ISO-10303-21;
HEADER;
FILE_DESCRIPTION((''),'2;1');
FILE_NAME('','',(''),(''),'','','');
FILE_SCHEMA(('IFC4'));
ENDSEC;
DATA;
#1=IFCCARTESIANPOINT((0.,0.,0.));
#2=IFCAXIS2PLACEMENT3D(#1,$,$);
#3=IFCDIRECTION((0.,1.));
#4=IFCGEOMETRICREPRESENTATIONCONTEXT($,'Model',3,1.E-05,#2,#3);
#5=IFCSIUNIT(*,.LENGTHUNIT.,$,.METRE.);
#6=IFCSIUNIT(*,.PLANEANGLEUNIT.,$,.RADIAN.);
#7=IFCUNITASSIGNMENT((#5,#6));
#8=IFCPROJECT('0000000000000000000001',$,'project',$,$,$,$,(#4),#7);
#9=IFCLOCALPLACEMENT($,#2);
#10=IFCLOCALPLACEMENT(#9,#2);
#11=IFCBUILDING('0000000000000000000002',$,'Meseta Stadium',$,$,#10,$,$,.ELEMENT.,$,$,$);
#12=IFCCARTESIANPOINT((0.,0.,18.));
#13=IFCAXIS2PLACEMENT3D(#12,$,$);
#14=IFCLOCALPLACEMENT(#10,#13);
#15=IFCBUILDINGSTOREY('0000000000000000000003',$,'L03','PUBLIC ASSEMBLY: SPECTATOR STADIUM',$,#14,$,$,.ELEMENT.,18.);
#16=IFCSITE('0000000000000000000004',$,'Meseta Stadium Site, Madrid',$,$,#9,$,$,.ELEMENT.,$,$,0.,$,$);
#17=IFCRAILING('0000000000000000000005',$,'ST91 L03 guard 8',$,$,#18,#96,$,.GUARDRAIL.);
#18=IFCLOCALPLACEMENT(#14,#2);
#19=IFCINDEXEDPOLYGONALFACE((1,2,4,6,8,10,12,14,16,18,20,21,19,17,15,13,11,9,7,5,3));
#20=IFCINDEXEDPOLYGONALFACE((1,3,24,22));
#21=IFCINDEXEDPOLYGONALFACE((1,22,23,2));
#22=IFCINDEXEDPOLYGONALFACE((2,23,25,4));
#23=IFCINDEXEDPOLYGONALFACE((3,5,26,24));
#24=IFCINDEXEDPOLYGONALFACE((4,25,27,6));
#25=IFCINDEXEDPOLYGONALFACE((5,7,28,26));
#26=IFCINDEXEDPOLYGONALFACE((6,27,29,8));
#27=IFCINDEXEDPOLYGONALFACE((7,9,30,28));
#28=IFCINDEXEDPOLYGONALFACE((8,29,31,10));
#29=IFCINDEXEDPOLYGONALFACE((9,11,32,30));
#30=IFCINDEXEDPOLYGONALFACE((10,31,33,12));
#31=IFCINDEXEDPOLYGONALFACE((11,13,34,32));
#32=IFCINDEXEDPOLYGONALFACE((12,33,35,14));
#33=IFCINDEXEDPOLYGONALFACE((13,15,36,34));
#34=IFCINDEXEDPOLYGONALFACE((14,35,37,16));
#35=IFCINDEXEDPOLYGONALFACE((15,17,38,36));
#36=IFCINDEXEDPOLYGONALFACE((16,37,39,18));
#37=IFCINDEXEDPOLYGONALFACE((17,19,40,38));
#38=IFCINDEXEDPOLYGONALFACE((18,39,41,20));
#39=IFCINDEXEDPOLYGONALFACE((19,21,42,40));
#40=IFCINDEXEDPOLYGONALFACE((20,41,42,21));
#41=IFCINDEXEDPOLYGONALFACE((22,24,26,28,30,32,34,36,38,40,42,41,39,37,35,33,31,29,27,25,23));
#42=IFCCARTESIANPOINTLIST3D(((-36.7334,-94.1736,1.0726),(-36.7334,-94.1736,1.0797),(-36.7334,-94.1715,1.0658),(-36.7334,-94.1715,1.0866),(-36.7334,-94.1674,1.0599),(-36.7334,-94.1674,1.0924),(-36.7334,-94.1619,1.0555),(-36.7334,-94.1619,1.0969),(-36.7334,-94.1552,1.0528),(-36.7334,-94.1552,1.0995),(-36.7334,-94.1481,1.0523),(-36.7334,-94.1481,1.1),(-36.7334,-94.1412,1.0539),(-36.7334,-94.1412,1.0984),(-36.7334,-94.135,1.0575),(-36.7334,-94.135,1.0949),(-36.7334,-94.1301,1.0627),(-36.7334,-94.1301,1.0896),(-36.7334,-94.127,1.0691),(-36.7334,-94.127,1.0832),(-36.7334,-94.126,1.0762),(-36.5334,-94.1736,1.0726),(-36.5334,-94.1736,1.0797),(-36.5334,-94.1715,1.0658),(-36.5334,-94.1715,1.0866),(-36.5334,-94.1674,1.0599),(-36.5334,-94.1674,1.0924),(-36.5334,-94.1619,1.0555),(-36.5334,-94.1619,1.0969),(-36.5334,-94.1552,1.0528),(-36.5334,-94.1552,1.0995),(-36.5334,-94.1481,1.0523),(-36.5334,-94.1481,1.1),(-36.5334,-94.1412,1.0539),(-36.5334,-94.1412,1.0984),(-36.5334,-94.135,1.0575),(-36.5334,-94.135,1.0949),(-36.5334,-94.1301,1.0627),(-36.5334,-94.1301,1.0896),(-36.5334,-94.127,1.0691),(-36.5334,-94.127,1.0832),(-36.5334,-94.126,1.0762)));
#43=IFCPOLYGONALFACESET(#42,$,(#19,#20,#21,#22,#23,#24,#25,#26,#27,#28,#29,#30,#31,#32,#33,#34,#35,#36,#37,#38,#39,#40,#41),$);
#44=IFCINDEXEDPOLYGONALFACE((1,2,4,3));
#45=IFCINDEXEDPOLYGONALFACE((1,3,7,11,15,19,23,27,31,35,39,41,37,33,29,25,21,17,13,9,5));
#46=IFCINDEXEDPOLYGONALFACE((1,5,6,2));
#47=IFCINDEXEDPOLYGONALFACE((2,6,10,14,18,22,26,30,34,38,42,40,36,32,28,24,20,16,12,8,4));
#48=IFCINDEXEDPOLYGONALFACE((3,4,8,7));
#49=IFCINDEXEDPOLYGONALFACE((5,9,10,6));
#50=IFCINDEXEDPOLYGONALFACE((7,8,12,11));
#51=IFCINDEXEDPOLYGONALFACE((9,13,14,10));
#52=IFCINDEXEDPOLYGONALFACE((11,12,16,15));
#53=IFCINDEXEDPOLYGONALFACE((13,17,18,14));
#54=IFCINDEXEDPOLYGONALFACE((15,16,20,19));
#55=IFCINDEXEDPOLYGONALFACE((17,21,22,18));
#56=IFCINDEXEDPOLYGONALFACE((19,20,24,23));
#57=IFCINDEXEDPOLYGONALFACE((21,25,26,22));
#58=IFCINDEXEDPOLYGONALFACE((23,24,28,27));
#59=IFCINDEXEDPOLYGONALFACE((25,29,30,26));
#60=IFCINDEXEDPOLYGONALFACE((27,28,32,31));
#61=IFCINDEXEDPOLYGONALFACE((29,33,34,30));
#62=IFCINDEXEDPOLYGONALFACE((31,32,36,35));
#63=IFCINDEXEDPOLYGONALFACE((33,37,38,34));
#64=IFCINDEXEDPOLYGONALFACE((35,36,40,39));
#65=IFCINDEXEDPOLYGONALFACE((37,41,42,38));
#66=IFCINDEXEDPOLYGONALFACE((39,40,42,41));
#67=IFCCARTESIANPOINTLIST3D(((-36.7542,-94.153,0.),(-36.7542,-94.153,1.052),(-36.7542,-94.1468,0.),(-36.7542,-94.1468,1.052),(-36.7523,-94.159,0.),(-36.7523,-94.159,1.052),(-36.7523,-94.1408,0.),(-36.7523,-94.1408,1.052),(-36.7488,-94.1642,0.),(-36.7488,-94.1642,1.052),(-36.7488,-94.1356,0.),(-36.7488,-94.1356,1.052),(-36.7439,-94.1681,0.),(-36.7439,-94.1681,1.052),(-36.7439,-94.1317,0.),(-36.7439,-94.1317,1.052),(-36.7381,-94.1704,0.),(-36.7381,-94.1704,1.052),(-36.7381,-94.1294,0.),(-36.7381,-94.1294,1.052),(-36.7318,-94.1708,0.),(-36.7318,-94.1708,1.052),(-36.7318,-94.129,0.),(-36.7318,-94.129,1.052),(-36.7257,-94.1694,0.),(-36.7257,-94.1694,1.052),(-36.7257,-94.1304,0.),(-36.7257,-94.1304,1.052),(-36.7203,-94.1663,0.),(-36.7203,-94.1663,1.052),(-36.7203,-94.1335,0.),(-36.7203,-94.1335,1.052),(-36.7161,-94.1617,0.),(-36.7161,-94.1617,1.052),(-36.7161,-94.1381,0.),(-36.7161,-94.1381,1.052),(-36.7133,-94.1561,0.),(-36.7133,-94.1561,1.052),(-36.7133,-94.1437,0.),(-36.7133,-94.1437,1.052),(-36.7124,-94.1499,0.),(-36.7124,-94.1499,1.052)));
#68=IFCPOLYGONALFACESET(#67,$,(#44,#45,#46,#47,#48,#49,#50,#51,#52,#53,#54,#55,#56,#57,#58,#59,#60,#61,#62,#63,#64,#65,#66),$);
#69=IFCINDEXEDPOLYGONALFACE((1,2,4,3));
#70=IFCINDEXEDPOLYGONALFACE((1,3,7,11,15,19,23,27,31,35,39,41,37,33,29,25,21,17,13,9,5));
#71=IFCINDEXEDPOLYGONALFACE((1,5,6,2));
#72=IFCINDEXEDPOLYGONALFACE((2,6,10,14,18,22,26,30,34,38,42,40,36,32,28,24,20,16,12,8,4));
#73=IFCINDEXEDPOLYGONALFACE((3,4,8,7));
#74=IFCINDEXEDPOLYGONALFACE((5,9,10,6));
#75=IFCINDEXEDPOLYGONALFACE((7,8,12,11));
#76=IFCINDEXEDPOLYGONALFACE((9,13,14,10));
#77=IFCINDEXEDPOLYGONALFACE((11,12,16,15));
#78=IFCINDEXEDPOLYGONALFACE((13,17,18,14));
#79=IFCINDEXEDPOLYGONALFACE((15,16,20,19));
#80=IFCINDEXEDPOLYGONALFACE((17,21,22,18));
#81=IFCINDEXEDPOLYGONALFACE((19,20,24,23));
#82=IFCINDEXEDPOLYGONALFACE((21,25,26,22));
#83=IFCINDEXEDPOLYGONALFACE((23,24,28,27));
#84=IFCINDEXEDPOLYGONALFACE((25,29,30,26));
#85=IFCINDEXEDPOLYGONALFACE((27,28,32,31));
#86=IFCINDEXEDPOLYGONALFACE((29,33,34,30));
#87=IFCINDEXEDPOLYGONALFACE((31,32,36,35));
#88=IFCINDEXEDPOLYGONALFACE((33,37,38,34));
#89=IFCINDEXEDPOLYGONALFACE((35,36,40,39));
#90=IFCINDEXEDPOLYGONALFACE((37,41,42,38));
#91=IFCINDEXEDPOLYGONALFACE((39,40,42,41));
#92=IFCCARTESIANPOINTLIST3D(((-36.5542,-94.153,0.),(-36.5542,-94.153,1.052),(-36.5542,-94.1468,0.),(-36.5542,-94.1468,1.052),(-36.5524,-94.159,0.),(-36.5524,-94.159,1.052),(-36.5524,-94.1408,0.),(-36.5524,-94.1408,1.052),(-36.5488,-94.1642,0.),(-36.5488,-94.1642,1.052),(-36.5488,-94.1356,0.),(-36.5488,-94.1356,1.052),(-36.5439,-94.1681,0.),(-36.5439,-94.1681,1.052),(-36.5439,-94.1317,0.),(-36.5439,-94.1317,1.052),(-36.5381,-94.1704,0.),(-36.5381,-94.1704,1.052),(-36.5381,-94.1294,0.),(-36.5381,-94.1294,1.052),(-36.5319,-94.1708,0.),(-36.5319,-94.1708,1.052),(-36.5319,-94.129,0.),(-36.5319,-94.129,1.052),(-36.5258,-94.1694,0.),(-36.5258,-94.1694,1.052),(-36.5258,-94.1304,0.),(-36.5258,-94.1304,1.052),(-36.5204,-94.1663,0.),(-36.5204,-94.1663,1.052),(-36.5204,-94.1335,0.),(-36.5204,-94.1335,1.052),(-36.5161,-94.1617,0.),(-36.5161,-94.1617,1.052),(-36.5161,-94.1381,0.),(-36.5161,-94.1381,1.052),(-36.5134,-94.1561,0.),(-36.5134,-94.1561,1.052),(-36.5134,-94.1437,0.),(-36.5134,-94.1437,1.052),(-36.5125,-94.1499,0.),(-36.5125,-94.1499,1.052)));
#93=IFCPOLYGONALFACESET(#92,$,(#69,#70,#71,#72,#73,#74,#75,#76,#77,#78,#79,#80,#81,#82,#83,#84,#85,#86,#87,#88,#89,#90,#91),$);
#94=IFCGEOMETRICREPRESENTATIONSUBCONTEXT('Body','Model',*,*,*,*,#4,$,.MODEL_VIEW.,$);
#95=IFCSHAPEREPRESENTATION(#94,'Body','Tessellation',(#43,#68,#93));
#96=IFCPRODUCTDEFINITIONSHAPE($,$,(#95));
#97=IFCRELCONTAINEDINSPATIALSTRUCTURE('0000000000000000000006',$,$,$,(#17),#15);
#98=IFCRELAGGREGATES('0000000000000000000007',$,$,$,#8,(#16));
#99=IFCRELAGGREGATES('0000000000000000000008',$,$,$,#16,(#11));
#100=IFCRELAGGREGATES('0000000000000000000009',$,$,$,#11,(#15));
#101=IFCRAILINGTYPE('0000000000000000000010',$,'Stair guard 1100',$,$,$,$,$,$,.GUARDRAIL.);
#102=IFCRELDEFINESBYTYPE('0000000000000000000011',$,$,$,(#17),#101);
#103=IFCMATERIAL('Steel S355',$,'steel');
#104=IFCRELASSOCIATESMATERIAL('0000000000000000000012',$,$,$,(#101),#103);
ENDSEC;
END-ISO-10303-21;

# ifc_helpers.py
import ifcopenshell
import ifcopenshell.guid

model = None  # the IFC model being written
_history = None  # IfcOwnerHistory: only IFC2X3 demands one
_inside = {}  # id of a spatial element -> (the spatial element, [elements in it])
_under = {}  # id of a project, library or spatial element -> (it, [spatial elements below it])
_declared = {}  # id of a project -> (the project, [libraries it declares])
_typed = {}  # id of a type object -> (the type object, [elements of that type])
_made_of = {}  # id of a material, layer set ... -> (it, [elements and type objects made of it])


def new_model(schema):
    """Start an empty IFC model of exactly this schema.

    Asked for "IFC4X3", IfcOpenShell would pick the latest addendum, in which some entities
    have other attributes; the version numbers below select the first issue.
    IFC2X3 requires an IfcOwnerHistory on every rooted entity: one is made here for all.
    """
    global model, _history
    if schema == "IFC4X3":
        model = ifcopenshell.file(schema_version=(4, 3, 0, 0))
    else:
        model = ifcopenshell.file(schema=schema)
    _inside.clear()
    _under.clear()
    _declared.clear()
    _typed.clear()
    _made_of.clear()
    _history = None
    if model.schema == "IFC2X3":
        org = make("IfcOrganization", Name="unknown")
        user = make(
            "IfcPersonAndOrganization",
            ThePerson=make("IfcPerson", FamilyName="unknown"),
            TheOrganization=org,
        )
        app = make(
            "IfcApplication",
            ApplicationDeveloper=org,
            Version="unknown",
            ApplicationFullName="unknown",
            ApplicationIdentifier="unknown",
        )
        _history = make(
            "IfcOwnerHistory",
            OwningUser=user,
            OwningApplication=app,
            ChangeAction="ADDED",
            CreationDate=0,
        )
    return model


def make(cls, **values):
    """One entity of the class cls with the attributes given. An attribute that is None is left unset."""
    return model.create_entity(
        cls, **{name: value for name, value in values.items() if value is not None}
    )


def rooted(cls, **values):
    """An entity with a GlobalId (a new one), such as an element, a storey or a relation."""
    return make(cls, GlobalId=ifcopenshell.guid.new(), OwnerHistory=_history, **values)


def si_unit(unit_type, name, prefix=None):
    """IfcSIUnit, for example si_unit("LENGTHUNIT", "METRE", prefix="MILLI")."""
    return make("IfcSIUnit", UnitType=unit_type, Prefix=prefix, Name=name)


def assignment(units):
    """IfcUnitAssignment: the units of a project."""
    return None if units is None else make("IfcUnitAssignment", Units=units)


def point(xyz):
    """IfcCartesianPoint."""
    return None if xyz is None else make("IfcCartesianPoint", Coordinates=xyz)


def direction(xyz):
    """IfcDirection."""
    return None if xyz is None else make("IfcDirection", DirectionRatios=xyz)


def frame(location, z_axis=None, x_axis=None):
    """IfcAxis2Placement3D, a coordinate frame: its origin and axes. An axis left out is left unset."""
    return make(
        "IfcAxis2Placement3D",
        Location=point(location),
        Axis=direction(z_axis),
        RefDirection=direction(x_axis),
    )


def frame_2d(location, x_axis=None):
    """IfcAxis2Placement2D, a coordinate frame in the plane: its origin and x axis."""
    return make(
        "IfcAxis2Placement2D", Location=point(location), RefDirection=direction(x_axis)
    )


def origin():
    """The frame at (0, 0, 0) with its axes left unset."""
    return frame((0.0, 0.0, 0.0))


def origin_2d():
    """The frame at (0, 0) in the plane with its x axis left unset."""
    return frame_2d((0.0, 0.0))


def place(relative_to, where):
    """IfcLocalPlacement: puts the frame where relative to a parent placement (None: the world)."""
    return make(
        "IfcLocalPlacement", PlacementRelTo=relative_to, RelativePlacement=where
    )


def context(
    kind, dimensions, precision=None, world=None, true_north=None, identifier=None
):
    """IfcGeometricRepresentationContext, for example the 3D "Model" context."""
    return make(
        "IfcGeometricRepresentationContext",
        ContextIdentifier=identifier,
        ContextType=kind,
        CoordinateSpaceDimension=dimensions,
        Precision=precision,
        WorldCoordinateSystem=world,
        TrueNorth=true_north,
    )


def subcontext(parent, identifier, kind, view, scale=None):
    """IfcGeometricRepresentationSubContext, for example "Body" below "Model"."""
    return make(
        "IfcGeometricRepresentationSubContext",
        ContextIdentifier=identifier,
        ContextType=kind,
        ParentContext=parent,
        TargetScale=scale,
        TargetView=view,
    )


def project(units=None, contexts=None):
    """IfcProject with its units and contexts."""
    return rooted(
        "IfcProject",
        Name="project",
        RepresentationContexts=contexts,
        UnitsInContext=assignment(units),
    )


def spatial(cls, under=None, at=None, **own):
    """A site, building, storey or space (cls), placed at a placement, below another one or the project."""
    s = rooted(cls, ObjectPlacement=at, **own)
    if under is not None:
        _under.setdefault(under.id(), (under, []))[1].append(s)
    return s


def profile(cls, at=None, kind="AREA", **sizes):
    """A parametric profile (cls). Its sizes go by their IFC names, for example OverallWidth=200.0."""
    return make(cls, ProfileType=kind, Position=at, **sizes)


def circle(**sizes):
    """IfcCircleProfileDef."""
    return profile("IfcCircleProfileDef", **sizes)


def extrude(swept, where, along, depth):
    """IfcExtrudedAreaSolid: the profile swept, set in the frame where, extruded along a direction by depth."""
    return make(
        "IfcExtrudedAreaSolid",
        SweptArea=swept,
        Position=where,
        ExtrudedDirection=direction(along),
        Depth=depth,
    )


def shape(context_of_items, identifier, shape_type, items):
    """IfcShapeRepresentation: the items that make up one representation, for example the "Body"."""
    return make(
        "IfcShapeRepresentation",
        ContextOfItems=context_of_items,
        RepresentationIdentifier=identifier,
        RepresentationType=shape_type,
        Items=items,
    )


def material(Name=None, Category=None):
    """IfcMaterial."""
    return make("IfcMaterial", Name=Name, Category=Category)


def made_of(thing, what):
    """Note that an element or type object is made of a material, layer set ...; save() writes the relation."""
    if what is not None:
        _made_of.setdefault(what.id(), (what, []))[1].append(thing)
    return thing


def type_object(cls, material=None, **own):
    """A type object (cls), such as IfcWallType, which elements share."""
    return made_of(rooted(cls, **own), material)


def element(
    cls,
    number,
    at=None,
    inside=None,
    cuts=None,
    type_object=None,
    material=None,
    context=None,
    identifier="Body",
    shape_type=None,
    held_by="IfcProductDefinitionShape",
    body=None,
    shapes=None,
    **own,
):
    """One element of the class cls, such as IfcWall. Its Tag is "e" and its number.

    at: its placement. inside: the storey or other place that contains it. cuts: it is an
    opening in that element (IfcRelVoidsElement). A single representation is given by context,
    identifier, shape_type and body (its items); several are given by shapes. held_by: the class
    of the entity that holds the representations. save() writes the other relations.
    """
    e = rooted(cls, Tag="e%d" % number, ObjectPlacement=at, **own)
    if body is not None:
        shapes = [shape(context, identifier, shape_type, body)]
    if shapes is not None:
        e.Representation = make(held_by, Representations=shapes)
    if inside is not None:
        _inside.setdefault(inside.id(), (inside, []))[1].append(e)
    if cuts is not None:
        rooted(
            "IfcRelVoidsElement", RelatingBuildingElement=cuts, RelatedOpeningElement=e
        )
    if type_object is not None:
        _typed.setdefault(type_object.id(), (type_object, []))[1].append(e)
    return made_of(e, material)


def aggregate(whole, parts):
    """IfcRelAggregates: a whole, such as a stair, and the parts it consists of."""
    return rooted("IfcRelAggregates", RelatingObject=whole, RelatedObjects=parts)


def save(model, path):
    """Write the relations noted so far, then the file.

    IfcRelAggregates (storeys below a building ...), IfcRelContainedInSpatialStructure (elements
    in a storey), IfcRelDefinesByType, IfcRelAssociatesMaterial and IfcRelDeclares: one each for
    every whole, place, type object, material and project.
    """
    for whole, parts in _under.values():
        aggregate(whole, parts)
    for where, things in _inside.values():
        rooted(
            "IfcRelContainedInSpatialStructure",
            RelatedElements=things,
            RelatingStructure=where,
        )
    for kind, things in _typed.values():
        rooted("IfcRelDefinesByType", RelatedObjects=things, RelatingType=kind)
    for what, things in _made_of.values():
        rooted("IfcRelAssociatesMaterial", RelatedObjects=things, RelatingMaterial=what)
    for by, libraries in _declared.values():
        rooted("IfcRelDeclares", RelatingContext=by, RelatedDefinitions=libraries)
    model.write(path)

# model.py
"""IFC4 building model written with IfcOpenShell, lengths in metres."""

from ifc_helpers import new_model, si_unit, direction, frame, origin, origin_2d, place, context, subcontext, project, spatial, circle, extrude, material, type_object, element, save


model = new_model("IFC4")

# Units and contexts
model_context = context("Model", 3, precision=1e-05, world=origin(), true_north=direction((0.0, 1.0)))
body_context = subcontext(model_context, "Body", "Model", "MODEL_VIEW")
ifc_project = project(units=[si_unit("LENGTHUNIT", "METRE"), si_unit("PLANEANGLEUNIT", "RADIAN")], contexts=[model_context])

# Site, building, storey
site_placement = place(None, origin())
site = spatial("IfcSite", under=ifc_project, at=site_placement, Name="Meseta Stadium Site, Madrid", CompositionType="ELEMENT", RefElevation=0.0)
building_placement = place(site_placement, origin())
building = spatial("IfcBuilding", under=site, at=building_placement, Name="Meseta Stadium", CompositionType="ELEMENT")
storey_placement = place(building_placement, frame((0.0, 0.0, 18.0)))
storey = spatial("IfcBuildingStorey", under=building, at=storey_placement, Name="L03", Description="PUBLIC ASSEMBLY: SPECTATOR STADIUM", CompositionType="ELEMENT", Elevation=18.0)

# Railing
ifc_material_1 = material(Name="Steel S355", Category="steel")
railing_type_1 = type_object("IfcRailingType", Name="Stair guard 1100", PredefinedType="GUARDRAIL", material=ifc_material_1)
railing_1_placement = place(storey_placement, frame((-36.7334, -94.1499, 0.0)))
element("IfcRailing", 1, at=railing_1_placement, inside=storey, type_object=railing_type_1, Name="ST91 L03 guard 8", PredefinedType="GUARDRAIL", context=body_context, shape_type="SweptSolid", body=[
    extrude(circle(Radius=0.0239, at=origin_2d()), frame((0.0, 0.0, 1.0762), z_axis=(1.0, 0.0, 0.0), x_axis=(0.0, 1.0, 0.0)), (0.0, 0.0, 1.0), 0.2),
    extrude(circle(Radius=0.021, at=origin_2d()), origin(), (0.0, 0.0, 1.0), 1.052),
    extrude(circle(Radius=0.021, at=origin_2d()), frame((0.2, 0.0, 0.0)), (0.0, 0.0, 1.0), 1.052),
])

save(model, "model.ifc")
